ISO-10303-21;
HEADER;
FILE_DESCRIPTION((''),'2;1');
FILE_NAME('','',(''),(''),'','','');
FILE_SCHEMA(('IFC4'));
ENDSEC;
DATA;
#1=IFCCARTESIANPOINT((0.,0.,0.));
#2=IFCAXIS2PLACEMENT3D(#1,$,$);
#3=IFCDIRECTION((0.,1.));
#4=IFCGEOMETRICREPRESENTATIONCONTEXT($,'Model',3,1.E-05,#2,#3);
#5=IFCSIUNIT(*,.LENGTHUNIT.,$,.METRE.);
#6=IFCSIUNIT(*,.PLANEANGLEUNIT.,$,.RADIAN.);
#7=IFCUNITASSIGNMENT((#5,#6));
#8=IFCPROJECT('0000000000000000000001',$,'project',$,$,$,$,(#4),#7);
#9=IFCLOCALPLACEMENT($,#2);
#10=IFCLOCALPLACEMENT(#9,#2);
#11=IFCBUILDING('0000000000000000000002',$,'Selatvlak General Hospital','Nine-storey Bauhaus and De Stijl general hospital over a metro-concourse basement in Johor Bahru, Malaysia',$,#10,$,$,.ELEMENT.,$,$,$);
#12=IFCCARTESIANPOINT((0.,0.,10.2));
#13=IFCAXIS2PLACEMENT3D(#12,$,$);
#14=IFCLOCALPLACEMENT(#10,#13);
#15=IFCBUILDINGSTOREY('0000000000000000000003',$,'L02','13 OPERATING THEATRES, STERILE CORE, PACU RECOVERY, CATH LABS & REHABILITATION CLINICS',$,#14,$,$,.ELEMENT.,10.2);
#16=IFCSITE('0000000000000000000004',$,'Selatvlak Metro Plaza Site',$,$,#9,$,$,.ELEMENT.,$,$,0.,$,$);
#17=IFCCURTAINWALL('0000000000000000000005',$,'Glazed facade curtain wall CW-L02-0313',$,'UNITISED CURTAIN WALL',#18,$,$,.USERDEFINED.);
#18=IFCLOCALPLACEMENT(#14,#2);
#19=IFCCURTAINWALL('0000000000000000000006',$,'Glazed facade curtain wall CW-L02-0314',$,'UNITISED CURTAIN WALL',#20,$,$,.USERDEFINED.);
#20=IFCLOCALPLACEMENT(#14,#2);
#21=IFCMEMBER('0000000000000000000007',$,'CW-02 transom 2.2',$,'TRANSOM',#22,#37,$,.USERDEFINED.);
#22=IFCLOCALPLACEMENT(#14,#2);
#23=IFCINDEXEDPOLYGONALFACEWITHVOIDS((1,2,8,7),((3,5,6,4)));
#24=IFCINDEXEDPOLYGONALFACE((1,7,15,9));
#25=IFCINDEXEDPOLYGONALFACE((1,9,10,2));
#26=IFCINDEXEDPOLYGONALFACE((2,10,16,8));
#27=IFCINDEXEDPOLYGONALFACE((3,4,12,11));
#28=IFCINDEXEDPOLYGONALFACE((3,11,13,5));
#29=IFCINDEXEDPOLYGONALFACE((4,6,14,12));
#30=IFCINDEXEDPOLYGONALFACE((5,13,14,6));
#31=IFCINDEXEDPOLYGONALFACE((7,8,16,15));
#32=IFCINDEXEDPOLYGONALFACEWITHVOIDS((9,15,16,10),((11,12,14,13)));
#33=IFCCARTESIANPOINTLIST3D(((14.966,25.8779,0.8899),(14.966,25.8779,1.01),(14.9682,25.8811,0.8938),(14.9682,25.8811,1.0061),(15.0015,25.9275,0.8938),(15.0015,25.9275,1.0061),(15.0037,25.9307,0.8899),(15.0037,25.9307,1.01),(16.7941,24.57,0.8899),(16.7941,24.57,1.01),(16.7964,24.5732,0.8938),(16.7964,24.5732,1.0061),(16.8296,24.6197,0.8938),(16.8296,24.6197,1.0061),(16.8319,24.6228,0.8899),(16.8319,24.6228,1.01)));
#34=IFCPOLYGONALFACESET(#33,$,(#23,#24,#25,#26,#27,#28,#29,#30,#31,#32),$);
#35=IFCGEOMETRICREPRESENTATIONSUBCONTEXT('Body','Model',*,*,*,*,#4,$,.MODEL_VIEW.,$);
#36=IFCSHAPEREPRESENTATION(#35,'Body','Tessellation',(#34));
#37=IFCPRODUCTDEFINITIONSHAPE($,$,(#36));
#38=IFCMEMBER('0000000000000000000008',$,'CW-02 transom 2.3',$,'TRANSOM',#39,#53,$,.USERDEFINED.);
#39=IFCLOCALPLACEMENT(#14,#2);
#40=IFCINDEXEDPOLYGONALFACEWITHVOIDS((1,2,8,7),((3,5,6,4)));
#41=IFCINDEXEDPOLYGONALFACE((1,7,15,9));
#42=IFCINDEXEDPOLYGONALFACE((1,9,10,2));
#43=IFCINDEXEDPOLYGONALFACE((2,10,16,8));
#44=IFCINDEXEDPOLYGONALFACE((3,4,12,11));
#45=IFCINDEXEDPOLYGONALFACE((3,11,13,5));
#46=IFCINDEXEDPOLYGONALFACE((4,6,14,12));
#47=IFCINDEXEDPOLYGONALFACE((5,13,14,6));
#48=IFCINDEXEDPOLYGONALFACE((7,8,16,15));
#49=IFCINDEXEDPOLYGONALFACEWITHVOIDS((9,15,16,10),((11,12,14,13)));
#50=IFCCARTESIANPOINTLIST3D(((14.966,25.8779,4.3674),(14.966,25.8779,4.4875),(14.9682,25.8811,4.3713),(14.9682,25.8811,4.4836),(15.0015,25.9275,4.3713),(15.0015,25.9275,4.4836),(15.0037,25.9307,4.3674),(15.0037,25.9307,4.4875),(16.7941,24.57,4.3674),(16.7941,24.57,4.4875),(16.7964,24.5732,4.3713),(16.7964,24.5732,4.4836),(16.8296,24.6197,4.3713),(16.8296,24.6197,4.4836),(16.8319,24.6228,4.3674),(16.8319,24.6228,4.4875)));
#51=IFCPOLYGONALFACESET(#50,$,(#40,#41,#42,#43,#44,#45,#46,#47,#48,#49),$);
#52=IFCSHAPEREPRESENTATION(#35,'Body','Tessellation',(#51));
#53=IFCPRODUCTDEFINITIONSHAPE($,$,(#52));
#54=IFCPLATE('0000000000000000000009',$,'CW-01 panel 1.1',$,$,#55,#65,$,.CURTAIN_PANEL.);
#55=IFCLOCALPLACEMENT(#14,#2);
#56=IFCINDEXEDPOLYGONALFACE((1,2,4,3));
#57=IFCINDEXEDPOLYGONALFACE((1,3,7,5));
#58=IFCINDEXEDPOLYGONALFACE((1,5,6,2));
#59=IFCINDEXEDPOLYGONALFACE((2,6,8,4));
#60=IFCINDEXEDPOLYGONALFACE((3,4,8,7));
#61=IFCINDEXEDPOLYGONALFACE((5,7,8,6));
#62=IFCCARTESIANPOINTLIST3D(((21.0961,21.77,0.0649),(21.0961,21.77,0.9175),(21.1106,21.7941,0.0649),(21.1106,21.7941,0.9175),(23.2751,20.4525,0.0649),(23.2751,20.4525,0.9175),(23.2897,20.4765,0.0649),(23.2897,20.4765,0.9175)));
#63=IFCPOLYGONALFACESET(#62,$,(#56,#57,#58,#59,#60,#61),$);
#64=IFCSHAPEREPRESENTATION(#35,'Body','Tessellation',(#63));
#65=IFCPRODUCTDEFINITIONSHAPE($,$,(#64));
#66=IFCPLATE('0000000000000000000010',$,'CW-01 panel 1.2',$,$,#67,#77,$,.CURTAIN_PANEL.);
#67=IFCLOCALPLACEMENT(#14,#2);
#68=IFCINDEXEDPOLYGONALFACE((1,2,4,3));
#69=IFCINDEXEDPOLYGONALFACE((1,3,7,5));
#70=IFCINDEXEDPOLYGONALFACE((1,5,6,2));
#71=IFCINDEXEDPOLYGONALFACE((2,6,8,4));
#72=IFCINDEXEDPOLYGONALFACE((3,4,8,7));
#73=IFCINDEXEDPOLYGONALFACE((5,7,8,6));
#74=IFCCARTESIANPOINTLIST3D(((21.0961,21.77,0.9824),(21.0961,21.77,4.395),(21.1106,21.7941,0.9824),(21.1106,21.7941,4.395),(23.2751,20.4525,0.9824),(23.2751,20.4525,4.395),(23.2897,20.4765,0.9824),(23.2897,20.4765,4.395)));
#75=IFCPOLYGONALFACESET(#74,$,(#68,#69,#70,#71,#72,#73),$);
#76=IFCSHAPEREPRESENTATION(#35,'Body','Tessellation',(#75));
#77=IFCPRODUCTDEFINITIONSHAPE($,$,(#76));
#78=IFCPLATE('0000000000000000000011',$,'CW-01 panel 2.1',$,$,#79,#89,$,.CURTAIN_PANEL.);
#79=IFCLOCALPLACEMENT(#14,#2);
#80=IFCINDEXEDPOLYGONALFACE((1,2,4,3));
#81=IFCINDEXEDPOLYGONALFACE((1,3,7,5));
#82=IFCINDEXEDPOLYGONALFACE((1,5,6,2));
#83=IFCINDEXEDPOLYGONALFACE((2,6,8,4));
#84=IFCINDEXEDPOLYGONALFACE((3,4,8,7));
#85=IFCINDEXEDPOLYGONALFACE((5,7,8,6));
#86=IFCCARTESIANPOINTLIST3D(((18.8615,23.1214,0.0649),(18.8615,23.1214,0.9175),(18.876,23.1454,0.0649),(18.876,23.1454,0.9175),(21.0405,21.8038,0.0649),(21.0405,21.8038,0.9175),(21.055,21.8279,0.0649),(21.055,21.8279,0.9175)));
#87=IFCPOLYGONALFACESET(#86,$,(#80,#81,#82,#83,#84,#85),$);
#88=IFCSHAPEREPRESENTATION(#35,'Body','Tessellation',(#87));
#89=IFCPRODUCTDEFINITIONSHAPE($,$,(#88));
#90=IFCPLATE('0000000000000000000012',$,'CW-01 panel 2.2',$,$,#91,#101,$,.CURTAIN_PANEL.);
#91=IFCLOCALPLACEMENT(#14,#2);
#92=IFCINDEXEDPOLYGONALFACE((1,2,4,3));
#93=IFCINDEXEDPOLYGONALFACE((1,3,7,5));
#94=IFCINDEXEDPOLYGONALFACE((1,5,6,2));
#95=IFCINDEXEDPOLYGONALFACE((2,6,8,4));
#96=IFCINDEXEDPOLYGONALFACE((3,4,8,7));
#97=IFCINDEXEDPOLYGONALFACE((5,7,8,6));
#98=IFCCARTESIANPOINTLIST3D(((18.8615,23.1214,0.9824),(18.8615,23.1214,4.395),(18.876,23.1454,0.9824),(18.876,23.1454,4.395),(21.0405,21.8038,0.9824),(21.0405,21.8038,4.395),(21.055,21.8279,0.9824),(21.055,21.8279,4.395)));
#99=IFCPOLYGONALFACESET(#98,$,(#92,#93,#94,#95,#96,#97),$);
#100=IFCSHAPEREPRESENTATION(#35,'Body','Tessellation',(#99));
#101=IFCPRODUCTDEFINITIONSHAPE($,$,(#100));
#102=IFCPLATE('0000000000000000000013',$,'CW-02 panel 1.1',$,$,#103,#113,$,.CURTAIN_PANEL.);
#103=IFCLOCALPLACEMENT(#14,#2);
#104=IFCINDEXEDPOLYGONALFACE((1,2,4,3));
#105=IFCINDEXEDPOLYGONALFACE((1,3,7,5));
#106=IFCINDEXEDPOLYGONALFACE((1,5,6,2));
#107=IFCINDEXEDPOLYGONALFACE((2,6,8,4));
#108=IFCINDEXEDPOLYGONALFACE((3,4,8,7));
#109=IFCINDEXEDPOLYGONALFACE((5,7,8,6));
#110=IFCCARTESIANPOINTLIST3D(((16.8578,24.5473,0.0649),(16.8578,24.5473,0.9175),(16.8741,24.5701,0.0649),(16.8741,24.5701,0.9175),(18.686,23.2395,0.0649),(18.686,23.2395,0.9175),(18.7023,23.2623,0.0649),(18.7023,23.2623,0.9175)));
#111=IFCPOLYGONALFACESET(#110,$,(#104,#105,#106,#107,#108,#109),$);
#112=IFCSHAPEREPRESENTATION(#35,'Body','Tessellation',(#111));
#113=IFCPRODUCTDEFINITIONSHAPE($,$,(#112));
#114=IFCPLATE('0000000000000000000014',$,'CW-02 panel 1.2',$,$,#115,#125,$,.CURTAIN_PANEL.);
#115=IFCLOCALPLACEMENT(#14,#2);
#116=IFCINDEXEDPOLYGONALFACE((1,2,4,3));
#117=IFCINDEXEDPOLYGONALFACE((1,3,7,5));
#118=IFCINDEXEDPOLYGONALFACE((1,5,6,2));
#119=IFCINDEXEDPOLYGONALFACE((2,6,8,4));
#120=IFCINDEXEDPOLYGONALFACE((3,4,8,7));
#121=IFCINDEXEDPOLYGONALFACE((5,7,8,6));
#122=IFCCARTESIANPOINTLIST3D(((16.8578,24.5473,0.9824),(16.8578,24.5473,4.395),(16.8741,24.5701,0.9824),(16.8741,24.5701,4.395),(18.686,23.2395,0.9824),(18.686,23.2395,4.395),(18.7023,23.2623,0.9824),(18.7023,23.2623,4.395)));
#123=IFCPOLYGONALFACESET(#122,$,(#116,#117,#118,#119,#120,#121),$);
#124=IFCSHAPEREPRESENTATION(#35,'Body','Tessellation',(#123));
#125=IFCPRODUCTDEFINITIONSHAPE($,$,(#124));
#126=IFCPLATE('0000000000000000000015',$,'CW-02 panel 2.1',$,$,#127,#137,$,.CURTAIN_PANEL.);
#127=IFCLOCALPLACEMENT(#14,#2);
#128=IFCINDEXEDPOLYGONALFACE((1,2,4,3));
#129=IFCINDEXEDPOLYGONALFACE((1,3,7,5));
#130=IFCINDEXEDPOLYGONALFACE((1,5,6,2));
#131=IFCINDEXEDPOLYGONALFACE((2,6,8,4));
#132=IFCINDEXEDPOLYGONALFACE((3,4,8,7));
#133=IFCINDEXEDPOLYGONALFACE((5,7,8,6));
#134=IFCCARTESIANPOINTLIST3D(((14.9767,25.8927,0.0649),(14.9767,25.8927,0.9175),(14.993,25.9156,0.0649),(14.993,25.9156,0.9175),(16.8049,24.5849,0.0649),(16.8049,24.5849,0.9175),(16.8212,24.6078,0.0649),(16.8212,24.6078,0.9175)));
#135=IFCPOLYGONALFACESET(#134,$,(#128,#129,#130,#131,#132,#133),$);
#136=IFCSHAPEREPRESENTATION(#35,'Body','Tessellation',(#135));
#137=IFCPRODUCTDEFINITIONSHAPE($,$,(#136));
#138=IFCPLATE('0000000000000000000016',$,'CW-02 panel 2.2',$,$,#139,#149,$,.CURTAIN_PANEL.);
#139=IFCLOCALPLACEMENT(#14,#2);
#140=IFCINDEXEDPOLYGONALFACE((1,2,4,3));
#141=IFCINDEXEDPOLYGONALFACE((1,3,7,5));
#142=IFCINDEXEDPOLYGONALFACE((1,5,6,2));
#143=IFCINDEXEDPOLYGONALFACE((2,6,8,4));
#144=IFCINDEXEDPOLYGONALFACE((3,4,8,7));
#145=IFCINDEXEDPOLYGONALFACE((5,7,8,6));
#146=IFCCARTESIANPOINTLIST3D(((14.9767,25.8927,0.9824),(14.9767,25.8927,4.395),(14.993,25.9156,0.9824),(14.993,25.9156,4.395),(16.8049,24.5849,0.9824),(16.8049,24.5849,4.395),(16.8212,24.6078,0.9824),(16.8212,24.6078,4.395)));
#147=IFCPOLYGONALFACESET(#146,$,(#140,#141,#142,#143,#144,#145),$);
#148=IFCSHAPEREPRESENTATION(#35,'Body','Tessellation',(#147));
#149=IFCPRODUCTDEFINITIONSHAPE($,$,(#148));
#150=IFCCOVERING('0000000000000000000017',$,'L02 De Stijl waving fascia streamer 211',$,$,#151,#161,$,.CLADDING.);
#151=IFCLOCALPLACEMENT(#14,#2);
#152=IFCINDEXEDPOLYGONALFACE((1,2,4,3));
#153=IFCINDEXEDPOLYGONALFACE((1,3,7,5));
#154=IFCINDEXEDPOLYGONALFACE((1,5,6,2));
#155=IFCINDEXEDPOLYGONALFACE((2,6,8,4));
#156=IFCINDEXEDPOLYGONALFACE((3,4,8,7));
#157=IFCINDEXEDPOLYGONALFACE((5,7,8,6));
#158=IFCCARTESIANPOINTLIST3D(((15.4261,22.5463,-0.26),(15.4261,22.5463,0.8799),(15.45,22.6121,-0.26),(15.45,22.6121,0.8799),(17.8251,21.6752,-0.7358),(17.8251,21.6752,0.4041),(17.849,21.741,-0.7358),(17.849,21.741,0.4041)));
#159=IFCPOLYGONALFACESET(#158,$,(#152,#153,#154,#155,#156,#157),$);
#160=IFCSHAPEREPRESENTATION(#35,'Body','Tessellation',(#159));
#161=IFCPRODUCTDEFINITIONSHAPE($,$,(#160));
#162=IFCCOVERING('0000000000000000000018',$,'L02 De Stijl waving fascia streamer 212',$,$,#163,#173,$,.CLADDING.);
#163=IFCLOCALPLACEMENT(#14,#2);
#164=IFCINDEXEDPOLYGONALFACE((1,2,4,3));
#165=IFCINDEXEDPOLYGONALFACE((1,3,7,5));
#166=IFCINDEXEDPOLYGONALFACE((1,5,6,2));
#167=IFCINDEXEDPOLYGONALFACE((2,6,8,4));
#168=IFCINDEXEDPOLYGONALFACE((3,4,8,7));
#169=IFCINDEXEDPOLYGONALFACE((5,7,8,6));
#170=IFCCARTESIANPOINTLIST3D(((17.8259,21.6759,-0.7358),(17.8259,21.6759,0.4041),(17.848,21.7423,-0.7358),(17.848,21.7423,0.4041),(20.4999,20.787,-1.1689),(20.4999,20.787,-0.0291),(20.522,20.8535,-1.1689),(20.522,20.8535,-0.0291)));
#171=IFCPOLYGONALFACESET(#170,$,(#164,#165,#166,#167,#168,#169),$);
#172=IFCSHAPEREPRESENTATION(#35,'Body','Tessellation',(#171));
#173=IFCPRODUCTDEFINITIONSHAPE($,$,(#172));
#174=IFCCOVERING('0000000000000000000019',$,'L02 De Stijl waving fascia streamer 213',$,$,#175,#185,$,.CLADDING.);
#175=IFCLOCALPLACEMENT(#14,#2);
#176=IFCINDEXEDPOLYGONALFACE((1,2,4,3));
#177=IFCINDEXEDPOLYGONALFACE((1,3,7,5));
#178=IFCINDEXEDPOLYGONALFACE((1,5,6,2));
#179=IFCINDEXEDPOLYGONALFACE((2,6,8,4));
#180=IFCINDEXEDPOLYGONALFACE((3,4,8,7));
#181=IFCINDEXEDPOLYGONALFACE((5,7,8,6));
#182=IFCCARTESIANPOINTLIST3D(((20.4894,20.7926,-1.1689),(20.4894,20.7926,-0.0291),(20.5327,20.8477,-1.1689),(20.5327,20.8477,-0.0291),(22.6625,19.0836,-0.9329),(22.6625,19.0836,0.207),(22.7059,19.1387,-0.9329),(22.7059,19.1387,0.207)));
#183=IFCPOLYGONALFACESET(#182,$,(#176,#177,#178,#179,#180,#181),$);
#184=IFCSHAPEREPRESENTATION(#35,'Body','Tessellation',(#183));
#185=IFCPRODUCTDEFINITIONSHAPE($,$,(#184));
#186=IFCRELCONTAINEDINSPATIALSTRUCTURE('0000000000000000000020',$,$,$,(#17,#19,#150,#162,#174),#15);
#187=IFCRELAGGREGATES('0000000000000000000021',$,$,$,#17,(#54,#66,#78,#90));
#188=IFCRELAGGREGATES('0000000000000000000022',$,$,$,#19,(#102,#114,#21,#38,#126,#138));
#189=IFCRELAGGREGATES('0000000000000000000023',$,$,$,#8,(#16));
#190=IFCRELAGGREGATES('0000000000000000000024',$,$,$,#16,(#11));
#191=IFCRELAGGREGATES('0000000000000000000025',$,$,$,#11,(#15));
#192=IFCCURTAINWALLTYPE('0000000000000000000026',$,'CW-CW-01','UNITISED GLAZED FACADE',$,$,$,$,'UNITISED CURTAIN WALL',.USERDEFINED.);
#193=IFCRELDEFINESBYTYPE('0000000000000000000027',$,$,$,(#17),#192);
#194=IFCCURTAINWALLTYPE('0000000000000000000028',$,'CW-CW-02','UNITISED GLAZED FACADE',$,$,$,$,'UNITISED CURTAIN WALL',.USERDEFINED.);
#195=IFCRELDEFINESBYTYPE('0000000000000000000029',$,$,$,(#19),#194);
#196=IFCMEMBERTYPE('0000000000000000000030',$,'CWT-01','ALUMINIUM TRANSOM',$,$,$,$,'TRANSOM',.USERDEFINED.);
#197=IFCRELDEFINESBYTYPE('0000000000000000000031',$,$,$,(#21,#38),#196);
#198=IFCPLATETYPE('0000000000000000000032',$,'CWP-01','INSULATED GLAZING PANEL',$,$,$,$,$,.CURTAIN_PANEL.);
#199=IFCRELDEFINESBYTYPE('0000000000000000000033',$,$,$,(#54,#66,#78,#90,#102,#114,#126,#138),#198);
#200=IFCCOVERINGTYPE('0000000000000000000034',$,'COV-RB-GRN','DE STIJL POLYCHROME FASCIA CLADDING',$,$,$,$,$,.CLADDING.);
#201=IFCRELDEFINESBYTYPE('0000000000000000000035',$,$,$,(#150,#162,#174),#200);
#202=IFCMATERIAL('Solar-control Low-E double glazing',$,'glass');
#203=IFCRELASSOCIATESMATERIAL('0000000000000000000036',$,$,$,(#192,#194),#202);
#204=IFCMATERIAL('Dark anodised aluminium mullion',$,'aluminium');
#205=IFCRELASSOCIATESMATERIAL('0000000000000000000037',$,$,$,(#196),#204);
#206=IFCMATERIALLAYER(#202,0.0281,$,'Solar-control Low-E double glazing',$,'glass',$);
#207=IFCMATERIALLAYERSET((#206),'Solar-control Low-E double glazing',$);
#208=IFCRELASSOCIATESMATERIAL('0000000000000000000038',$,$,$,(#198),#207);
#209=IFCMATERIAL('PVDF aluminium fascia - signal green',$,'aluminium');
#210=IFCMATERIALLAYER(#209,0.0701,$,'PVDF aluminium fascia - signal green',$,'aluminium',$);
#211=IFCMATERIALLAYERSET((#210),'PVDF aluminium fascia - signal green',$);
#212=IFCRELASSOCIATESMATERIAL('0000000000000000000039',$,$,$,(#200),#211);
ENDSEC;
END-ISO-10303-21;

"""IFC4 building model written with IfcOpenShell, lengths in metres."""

from ifc_helpers import new_model, si_unit, direction, frame, origin, origin_2d, place, context, subcontext, project, spatial, polyline, rectangle, hollow_rectangle, outline, extrude, material, layer, layer_set, material_profile, profile_set, type_object, element, aggregate, save


model = new_model("IFC4")

# Units and contexts
model_context = context("Model", 3, precision=1e-05, world=origin(), true_north=direction((0.0, 1.0)))
body_context = subcontext(model_context, "Body", "Model", "MODEL_VIEW")
ifc_project = project(units=[si_unit("LENGTHUNIT", "METRE"), si_unit("PLANEANGLEUNIT", "RADIAN")], contexts=[model_context])

# Site, building, storey
site_placement = place(None, origin())
site = spatial("IfcSite", under=ifc_project, at=site_placement, Name="Selatvlak Metro Plaza Site", CompositionType="ELEMENT", RefElevation=0.0)
building_placement = place(site_placement, origin())
building = spatial("IfcBuilding", under=site, at=building_placement, Name="Selatvlak General Hospital", Description="Nine-storey Bauhaus and De Stijl general hospital over a metro-concourse basement in Johor Bahru, Malaysia", CompositionType="ELEMENT")
storey_placement = place(building_placement, frame((0.0, 0.0, 10.2)))
storey = spatial("IfcBuildingStorey", under=building, at=storey_placement, Name="L02", Description="13 OPERATING THEATRES, STERILE CORE, PACU RECOVERY, CATH LABS & REHABILITATION CLINICS", CompositionType="ELEMENT", Elevation=10.2)

# Curtain walls
ifc_material_1 = material(Name="Solar-control Low-E double glazing", Category="glass")
curtain_wall_type_1 = type_object("IfcCurtainWallType", Name="CW-CW-01", Description="UNITISED GLAZED FACADE", ElementType="UNITISED CURTAIN WALL", PredefinedType="USERDEFINED", material=ifc_material_1)
curtain_wall_1_placement = place(storey_placement, origin())
curtain_wall_1 = element("IfcCurtainWall", 1, at=curtain_wall_1_placement, inside=storey, type_object=curtain_wall_type_1, Name="Glazed facade curtain wall CW-L02-0313", ObjectType="UNITISED CURTAIN WALL", PredefinedType="USERDEFINED")
ifc_material_2 = material(Name="Dark anodised aluminium mullion", Category="aluminium")
curtain_wall_type_2 = type_object("IfcCurtainWallType", Name="CW-CW-02", Description="UNITISED GLAZED FACADE", ElementType="UNITISED CURTAIN WALL", PredefinedType="USERDEFINED", material=ifc_material_1)
curtain_wall_2_placement = place(storey_placement, origin())
curtain_wall_2 = element("IfcCurtainWall", 2, at=curtain_wall_2_placement, inside=storey, type_object=curtain_wall_type_2, Name="Glazed facade curtain wall CW-L02-0314", ObjectType="UNITISED CURTAIN WALL", PredefinedType="USERDEFINED")

# Members
ifc_material_profile_1 = material_profile(ifc_material_2, hollow_rectangle(XDim=0.0649, YDim=0.1201, WallThickness=0.0039, at=origin_2d()), Name="AL-TRN 65x120x4")
ifc_profile_set_1 = profile_set([ifc_material_profile_1], Name="Dark anodised aluminium mullion")
member_type_1 = type_object("IfcMemberType", Name="CWT-01", Description="ALUMINIUM TRANSOM", ElementType="TRANSOM", PredefinedType="USERDEFINED", material=ifc_profile_set_1)
member_1_placement = place(storey_placement, frame((16.813, 24.5964, 0.95), z_axis=(-0.8133, 0.581844, 0.0), x_axis=(-0.581844, -0.8133, 0.0)))
member_1 = element("IfcMember", 3, at=member_1_placement, type_object=member_type_1, Name="CW-02 transom 2.2", ObjectType="TRANSOM", PredefinedType="USERDEFINED", context=body_context, shape_type="SweptSolid", body=[
    extrude(hollow_rectangle(XDim=0.0649, YDim=0.1201, WallThickness=0.0039, at=origin_2d()), origin(), (0.0, 0.0, 1.0), 2.2478),
])
member_2_placement = place(storey_placement, frame((16.813, 24.5964, 4.4275), z_axis=(-0.8133, 0.581844, 0.0), x_axis=(-0.581844, -0.8133, 0.0)))
member_2 = element("IfcMember", 4, at=member_2_placement, type_object=member_type_1, Name="CW-02 transom 2.3", ObjectType="TRANSOM", PredefinedType="USERDEFINED", context=body_context, shape_type="SweptSolid", body=[
    extrude(hollow_rectangle(XDim=0.0649, YDim=0.1201, WallThickness=0.0039, at=origin_2d()), origin(), (0.0, 0.0, 1.0), 2.2478),
])

# Plates
ifc_layer_1 = layer(ifc_material_1, 0.0281, Name="Solar-control Low-E double glazing", Category="glass")
ifc_layer_set_1 = layer_set([ifc_layer_1], Name="Solar-control Low-E double glazing")
plate_type = type_object("IfcPlateType", Name="CWP-01", Description="INSULATED GLAZING PANEL", PredefinedType="CURTAIN_PANEL", material=ifc_layer_set_1)
plate_1_placement = place(storey_placement, frame((22.1929, 21.1233, 0.0649), z_axis=(0.0, 0.0, 1.0), x_axis=(-0.855736, 0.517413, 0.0)))
plate_1 = element("IfcPlate", 5, at=plate_1_placement, type_object=plate_type, Name="CW-01 panel 1.1", PredefinedType="CURTAIN_PANEL", context=body_context, shape_type="SweptSolid", body=[
    extrude(rectangle(XDim=2.5464, YDim=0.0281, at=origin_2d()), origin(), (0.0, 0.0, 1.0), 0.8525),
])
plate_2_placement = place(storey_placement, frame((22.1929, 21.1233, 0.9824), z_axis=(0.0, 0.0, 1.0), x_axis=(-0.855736, 0.517413, 0.0)))
plate_2 = element("IfcPlate", 6, at=plate_2_placement, type_object=plate_type, Name="CW-01 panel 1.2", PredefinedType="CURTAIN_PANEL", context=body_context, shape_type="SweptSolid", body=[
    extrude(rectangle(XDim=2.5464, YDim=0.0281, at=origin_2d()), origin(), (0.0, 0.0, 1.0), 3.4126),
])
plate_3_placement = place(storey_placement, frame((19.9583, 22.4746, 0.0649), z_axis=(0.0, 0.0, 1.0), x_axis=(-0.855736, 0.517413, 0.0)))
plate_3 = element("IfcPlate", 7, at=plate_3_placement, type_object=plate_type, Name="CW-01 panel 2.1", PredefinedType="CURTAIN_PANEL", context=body_context, shape_type="SweptSolid", body=[
    extrude(rectangle(XDim=2.5464, YDim=0.0281, at=origin_2d()), origin(), (0.0, 0.0, 1.0), 0.8525),
])
plate_4_placement = place(storey_placement, frame((19.9583, 22.4746, 0.9824), z_axis=(0.0, 0.0, 1.0), x_axis=(-0.855736, 0.517413, 0.0)))
plate_4 = element("IfcPlate", 8, at=plate_4_placement, type_object=plate_type, Name="CW-01 panel 2.2", PredefinedType="CURTAIN_PANEL", context=body_context, shape_type="SweptSolid", body=[
    extrude(rectangle(XDim=2.5464, YDim=0.0281, at=origin_2d()), origin(), (0.0, 0.0, 1.0), 3.4126),
])
aggregate(curtain_wall_1, [plate_1, plate_2, plate_3, plate_4])
plate_5_placement = place(storey_placement, frame((17.78, 23.9048, 0.0649), z_axis=(0.0, 0.0, 1.0), x_axis=(-0.81333, 0.581803, 0.0)))
plate_5 = element("IfcPlate", 9, at=plate_5_placement, type_object=plate_type, Name="CW-02 panel 1.1", PredefinedType="CURTAIN_PANEL", context=body_context, shape_type="SweptSolid", body=[
    extrude(rectangle(XDim=2.2478, YDim=0.0281, at=origin_2d()), origin(), (0.0, 0.0, 1.0), 0.8525),
])
plate_6_placement = place(storey_placement, frame((17.78, 23.9048, 0.9824), z_axis=(0.0, 0.0, 1.0), x_axis=(-0.81333, 0.581803, 0.0)))
plate_6 = element("IfcPlate", 10, at=plate_6_placement, type_object=plate_type, Name="CW-02 panel 1.2", PredefinedType="CURTAIN_PANEL", context=body_context, shape_type="SweptSolid", body=[
    extrude(rectangle(XDim=2.2478, YDim=0.0281, at=origin_2d()), origin(), (0.0, 0.0, 1.0), 3.4126),
])
plate_7_placement = place(storey_placement, frame((15.8989, 25.2502, 0.0649), z_axis=(0.0, 0.0, 1.0), x_axis=(-0.81333, 0.581803, 0.0)))
plate_7 = element("IfcPlate", 11, at=plate_7_placement, type_object=plate_type, Name="CW-02 panel 2.1", PredefinedType="CURTAIN_PANEL", context=body_context, shape_type="SweptSolid", body=[
    extrude(rectangle(XDim=2.2478, YDim=0.0281, at=origin_2d()), origin(), (0.0, 0.0, 1.0), 0.8525),
])
plate_8_placement = place(storey_placement, frame((15.8989, 25.2502, 0.9824), z_axis=(0.0, 0.0, 1.0), x_axis=(-0.81333, 0.581803, 0.0)))
plate_8 = element("IfcPlate", 12, at=plate_8_placement, type_object=plate_type, Name="CW-02 panel 2.2", PredefinedType="CURTAIN_PANEL", context=body_context, shape_type="SweptSolid", body=[
    extrude(rectangle(XDim=2.2478, YDim=0.0281, at=origin_2d()), origin(), (0.0, 0.0, 1.0), 3.4126),
])
aggregate(curtain_wall_2, [plate_5, plate_6, member_1, member_2, plate_7, plate_8])

# Coverings
ifc_material_3 = material(Name="PVDF aluminium fascia - signal green", Category="aluminium")
ifc_layer_2 = layer(ifc_material_3, 0.0701, Name="PVDF aluminium fascia - signal green", Category="aluminium")
ifc_layer_set_2 = layer_set([ifc_layer_2], Name="PVDF aluminium fascia - signal green")
covering_type = type_object("IfcCoveringType", Name="COV-RB-GRN", Description="DE STIJL POLYCHROME FASCIA CLADDING", PredefinedType="CLADDING", material=ifc_layer_set_2)
covering_1_placement = place(storey_placement, frame((15.438, 22.5791, -0.26), z_axis=(0.0, 0.0, 1.0), x_axis=(0.93995, -0.341313, 0.0)))
element("IfcCovering", 13, at=covering_1_placement, inside=storey, type_object=covering_type, Name="L02 De Stijl waving fascia streamer 211", PredefinedType="CLADDING", context=body_context, shape_type="SweptSolid", body=[
    extrude(outline(polyline([(0.0, 0.0), (2.5522, -0.4758), (2.5522, 0.6641), (0.0, 1.1399), (0.0, 0.0)])), frame((0.0, 0.0352, 0.0), z_axis=(0.0, -1.0, 0.0), x_axis=(1.0, 0.0, 0.0)), (0.0, 0.0, 1.0), 0.0701),
])
covering_2_placement = place(storey_placement, frame((17.8369, 21.709, -0.7358), z_axis=(0.0, 0.0, 1.0), x_axis=(0.948943, -0.315448, 0.0)))
element("IfcCovering", 14, at=covering_2_placement, inside=storey, type_object=covering_type, Name="L02 De Stijl waving fascia streamer 212", PredefinedType="CLADDING", context=body_context, shape_type="SweptSolid", body=[
    extrude(outline(polyline([(0.0, 0.0), (2.8179, -0.4331), (2.8179, 0.7068), (0.0, 1.1399), (0.0, 0.0)])), frame((0.0, 0.0352, 0.0), z_axis=(0.0, -1.0, 0.0), x_axis=(1.0, 0.0, 0.0)), (0.0, 0.0, 1.0), 0.0701),
])
covering_3_placement = place(storey_placement, frame((20.511, 20.8201, -1.1689), z_axis=(0.0, 0.0, 1.0), x_axis=(0.786046, -0.618169, 0.0)))
element("IfcCovering", 15, at=covering_3_placement, inside=storey, type_object=covering_type, Name="L02 De Stijl waving fascia streamer 213", PredefinedType="CLADDING", context=body_context, shape_type="SweptSolid", body=[
    extrude(outline(polyline([(0.0, 0.0), (2.7646, 0.2361), (2.7646, 1.376), (0.0, 1.1399), (0.0, 0.0)])), frame((0.0, 0.0352, 0.0), z_axis=(0.0, -1.0, 0.0), x_axis=(1.0, 0.0, 0.0)), (0.0, 0.0, 1.0), 0.0701),
])

save(model, "model.ifc")
